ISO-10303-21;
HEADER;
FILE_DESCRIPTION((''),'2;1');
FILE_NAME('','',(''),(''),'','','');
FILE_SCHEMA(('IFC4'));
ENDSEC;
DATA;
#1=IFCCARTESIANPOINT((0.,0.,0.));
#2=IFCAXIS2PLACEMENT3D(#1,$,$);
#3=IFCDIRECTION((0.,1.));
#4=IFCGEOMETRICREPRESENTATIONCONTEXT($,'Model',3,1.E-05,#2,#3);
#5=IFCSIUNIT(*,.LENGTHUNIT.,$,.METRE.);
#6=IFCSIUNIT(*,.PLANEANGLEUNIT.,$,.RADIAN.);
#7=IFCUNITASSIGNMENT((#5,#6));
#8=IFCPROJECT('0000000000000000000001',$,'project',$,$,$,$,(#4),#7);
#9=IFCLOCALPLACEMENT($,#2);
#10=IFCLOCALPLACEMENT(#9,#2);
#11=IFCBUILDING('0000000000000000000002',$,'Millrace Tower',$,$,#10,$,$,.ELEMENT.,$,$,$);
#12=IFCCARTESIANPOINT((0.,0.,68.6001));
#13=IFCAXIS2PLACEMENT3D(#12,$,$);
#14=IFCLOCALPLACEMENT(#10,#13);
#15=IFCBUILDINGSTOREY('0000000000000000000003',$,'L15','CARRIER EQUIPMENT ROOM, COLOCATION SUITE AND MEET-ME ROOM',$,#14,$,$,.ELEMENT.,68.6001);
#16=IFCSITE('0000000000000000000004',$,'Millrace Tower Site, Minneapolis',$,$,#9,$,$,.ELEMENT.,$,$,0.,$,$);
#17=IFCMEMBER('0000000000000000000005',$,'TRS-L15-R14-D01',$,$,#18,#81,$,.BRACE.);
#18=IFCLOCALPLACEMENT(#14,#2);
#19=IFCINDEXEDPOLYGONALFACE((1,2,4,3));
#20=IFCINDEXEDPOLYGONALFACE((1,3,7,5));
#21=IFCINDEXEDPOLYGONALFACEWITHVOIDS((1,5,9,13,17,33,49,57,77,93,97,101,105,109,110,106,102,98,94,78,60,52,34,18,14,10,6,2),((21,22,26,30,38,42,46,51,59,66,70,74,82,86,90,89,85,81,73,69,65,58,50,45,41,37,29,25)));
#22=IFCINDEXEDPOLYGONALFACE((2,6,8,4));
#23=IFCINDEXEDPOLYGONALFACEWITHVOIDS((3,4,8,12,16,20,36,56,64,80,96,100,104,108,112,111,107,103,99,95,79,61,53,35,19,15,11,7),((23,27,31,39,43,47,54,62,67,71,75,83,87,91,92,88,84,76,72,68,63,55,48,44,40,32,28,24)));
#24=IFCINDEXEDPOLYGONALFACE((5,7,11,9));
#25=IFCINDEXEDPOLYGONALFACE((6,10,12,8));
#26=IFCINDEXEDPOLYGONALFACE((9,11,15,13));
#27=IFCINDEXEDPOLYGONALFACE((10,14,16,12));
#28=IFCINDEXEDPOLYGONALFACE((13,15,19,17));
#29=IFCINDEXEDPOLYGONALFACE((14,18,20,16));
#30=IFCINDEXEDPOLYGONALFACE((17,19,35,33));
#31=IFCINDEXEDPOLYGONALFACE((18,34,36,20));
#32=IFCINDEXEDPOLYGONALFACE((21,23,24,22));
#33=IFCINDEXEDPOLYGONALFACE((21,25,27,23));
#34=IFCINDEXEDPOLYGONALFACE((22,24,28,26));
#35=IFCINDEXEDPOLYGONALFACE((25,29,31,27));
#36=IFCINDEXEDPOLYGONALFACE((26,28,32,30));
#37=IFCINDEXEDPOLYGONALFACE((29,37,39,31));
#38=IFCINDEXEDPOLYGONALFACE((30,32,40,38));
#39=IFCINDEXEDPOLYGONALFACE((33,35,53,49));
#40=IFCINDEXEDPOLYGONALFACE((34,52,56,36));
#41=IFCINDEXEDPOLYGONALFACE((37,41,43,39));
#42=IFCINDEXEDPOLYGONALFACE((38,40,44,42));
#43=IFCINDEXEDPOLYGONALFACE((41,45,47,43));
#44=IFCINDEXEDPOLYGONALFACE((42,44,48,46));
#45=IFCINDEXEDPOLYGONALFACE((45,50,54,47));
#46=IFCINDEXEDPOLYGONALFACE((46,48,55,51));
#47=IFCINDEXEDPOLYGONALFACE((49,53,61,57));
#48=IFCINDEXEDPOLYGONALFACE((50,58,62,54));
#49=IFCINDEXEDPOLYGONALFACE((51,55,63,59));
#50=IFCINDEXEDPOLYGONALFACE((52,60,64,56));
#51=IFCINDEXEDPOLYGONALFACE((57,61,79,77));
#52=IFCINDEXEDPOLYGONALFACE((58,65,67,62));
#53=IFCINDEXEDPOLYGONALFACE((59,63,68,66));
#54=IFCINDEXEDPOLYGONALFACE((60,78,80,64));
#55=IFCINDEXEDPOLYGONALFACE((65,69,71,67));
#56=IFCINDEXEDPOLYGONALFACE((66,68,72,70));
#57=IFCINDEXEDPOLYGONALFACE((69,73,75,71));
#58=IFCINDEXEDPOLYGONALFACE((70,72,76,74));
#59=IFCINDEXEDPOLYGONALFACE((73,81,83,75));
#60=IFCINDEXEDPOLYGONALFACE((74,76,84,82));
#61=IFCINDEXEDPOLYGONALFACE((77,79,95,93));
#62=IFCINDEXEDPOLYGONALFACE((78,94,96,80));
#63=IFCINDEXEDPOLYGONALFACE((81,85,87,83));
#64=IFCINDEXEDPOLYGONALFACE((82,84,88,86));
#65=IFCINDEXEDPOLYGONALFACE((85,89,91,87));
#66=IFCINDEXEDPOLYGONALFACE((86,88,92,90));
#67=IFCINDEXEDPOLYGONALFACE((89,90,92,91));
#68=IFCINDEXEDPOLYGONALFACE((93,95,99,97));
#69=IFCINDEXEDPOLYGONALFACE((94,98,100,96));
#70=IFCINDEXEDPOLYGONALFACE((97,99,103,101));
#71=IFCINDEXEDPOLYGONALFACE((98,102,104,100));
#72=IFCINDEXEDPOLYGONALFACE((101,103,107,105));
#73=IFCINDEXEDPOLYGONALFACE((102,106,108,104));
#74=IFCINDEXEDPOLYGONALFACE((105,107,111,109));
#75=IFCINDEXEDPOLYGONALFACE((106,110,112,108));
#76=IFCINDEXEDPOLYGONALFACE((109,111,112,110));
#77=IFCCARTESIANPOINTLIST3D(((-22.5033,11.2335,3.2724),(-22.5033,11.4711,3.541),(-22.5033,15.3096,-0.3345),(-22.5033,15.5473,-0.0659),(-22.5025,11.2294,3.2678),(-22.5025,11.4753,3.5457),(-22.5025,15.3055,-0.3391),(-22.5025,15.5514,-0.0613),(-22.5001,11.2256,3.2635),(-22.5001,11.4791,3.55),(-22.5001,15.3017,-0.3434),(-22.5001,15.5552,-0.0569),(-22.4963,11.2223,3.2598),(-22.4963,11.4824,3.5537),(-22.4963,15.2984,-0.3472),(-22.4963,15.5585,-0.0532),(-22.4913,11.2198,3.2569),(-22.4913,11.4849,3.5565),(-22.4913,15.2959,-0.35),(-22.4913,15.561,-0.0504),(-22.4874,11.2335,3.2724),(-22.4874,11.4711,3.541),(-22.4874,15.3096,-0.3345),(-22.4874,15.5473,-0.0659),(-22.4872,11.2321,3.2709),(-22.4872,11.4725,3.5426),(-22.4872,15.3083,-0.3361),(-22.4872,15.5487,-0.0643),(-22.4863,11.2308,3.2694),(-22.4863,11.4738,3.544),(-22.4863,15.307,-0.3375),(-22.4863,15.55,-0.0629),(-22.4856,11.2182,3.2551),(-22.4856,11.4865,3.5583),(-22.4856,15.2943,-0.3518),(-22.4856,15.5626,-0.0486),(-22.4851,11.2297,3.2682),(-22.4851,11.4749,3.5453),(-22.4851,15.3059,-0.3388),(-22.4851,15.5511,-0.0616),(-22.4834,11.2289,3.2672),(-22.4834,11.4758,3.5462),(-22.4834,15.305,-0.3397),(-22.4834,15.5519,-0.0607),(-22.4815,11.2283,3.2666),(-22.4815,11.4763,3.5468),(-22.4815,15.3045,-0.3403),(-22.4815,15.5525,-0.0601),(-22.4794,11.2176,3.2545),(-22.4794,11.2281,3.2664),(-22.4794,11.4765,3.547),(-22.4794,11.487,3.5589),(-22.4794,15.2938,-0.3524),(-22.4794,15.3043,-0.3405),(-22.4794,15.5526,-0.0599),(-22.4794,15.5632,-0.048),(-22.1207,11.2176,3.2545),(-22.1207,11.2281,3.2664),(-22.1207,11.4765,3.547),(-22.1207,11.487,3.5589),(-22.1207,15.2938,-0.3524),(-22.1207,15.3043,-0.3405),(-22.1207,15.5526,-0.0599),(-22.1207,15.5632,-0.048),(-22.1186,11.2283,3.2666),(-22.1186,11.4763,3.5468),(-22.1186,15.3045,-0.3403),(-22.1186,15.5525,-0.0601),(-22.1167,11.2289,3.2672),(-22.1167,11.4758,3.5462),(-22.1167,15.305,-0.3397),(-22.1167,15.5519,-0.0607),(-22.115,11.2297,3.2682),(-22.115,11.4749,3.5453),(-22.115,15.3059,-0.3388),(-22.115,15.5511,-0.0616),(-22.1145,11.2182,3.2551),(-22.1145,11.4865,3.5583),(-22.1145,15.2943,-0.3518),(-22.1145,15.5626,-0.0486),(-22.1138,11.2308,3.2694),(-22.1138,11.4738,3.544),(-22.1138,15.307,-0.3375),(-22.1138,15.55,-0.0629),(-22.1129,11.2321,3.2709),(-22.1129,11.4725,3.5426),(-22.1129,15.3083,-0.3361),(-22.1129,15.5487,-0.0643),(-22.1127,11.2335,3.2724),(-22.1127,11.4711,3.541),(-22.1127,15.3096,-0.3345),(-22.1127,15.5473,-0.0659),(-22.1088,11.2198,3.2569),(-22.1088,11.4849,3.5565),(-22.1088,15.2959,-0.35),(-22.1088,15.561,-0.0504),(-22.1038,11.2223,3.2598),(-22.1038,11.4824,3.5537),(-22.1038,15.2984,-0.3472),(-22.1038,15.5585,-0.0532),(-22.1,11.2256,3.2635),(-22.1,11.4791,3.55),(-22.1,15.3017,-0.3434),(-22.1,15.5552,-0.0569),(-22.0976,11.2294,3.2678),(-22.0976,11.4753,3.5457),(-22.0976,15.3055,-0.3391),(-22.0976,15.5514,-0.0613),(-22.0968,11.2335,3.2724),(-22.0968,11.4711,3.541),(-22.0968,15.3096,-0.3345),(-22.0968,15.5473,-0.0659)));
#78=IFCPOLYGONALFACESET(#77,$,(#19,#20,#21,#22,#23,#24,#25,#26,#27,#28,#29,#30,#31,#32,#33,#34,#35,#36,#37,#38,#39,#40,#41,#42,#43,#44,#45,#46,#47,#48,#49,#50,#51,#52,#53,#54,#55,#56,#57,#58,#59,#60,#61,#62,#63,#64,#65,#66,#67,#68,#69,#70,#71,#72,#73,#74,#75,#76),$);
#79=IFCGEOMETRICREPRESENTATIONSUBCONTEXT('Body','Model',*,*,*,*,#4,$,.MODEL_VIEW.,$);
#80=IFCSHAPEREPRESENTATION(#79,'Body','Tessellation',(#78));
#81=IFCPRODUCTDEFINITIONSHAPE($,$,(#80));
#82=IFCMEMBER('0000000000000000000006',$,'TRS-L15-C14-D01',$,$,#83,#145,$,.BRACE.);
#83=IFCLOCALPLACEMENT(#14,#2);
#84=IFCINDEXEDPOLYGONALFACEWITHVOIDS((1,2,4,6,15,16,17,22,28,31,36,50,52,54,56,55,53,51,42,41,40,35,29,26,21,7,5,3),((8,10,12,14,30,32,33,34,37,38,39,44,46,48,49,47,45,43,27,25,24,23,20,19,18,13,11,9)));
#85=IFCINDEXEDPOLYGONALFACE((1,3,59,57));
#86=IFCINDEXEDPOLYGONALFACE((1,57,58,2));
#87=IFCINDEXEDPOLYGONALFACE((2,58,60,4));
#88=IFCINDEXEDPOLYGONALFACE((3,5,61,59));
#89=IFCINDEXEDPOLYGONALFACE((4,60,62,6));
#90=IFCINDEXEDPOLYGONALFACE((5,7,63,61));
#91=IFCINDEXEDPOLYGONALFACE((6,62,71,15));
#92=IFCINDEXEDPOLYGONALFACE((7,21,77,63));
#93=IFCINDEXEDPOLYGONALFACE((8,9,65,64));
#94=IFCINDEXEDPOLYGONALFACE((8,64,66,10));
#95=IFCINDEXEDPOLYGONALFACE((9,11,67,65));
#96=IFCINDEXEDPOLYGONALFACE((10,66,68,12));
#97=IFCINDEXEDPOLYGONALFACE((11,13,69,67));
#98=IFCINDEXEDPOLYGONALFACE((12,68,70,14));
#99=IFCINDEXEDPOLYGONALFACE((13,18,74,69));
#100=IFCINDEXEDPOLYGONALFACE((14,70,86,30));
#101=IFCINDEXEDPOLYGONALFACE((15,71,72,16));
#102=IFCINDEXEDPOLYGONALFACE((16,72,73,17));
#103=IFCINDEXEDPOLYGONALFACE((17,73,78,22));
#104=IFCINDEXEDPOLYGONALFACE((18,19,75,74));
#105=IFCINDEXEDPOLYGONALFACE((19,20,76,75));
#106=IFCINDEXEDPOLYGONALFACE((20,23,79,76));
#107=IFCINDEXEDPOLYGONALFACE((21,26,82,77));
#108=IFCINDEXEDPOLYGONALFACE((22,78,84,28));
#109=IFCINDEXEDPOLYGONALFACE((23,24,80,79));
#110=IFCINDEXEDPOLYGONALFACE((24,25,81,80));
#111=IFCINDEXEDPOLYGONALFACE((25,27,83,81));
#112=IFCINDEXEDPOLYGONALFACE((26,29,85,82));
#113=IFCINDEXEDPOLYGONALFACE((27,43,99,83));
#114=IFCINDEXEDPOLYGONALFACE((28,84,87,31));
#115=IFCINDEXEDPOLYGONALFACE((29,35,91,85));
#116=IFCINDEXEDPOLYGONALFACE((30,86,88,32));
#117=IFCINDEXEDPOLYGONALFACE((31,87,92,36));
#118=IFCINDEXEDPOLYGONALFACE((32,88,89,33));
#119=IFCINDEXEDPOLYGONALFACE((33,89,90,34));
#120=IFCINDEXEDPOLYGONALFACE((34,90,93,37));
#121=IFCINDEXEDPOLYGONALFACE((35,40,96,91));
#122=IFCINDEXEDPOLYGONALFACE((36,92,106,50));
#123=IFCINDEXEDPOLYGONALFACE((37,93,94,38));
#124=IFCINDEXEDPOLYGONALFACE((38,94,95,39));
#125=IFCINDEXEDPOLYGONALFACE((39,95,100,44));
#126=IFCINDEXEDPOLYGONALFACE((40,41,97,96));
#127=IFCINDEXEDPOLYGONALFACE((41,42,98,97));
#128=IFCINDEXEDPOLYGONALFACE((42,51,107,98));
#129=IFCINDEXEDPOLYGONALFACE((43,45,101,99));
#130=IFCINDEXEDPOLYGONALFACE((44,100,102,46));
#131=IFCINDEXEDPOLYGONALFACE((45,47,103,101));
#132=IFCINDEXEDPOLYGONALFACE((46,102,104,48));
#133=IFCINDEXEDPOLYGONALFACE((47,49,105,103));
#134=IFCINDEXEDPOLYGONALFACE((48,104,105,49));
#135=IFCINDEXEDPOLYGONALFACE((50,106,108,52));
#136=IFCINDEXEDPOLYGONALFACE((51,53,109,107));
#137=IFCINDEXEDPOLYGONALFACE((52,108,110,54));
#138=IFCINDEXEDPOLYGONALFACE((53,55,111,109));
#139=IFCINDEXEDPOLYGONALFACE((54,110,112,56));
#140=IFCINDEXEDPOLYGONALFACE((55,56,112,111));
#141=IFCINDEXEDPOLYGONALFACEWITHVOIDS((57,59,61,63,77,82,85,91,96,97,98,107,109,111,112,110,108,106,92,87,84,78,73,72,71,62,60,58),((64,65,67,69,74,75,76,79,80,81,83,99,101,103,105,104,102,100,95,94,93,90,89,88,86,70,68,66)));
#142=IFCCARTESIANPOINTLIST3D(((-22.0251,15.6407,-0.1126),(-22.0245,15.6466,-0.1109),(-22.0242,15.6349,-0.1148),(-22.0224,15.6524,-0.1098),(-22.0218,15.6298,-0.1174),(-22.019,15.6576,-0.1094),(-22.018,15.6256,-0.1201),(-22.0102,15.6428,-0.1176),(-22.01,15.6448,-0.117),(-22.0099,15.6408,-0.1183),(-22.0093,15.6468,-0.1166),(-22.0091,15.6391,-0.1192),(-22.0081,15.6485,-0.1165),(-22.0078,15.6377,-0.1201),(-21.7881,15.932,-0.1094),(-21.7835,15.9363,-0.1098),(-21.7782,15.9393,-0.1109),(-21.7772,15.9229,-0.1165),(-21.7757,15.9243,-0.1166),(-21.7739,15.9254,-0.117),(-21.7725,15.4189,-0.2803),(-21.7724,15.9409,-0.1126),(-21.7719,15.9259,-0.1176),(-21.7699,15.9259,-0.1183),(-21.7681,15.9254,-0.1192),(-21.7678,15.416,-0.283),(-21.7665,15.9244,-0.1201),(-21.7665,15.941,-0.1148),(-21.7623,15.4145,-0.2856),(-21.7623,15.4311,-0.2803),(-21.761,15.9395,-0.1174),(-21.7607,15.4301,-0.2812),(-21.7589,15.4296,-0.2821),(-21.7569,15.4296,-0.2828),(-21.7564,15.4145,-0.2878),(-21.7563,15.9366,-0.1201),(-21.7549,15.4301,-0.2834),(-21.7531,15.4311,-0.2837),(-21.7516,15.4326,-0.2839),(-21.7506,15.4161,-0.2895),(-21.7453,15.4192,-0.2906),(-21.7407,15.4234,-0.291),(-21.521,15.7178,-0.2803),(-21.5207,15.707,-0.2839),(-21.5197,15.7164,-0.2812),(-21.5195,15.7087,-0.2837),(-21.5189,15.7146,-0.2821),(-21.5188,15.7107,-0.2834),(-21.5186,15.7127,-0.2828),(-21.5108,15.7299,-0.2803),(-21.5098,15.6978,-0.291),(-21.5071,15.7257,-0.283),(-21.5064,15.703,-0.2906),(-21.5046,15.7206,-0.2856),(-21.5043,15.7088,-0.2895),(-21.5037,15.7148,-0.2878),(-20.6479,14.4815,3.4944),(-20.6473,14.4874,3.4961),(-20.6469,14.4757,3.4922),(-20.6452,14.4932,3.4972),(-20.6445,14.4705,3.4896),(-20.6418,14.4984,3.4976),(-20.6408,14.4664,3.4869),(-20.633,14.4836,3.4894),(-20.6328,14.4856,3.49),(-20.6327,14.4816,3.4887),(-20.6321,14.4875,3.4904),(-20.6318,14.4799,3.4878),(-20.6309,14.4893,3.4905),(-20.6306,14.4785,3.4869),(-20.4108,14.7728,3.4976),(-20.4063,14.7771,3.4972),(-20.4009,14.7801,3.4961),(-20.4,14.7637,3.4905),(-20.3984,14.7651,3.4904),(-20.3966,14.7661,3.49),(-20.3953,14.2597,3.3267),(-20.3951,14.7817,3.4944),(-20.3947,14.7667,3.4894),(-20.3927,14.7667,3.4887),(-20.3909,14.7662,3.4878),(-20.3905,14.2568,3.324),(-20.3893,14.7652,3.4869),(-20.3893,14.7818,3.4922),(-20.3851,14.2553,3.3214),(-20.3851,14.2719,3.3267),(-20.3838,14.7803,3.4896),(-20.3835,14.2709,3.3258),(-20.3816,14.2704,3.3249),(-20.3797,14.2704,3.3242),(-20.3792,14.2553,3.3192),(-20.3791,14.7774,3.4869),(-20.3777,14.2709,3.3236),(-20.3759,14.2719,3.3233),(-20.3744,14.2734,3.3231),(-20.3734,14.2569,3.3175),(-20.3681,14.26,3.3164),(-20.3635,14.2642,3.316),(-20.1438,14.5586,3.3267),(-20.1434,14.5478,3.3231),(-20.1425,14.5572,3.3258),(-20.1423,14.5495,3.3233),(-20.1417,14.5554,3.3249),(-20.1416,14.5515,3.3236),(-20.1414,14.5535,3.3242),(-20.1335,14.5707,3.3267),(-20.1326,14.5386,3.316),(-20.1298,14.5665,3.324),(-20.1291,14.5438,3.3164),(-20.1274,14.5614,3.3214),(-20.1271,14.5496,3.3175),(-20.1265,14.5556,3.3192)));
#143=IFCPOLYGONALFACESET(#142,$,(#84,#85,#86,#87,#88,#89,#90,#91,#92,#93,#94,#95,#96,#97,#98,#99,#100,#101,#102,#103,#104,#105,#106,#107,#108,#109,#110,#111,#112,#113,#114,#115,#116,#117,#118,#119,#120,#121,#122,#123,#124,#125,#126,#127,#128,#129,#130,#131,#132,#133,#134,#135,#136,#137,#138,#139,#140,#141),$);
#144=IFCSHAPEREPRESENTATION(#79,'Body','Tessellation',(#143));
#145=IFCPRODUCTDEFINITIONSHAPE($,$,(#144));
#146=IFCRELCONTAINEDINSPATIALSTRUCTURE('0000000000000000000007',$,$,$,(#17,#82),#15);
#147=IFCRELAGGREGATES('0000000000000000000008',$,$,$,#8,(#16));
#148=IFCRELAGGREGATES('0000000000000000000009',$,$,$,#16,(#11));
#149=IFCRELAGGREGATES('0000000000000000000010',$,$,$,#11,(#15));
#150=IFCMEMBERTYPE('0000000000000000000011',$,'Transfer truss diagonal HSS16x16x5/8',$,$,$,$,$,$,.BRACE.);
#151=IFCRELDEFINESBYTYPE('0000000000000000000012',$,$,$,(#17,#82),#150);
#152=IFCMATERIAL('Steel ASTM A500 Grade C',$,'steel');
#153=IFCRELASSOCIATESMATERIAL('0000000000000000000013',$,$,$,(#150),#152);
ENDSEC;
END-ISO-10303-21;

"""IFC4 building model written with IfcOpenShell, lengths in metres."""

from ifc_helpers import new_model, si_unit, direction, frame, origin, origin_2d, place, context, subcontext, project, spatial, hollow_rectangle, extrude, material, material_profile, profile_set, type_object, element, save


model = new_model("IFC4")

# Units and contexts
model_context = context("Model", 3, precision=1e-05, world=origin(), true_north=direction((0.0, 1.0)))
body_context = subcontext(model_context, "Body", "Model", "MODEL_VIEW")
ifc_project = project(units=[si_unit("LENGTHUNIT", "METRE"), si_unit("PLANEANGLEUNIT", "RADIAN")], contexts=[model_context])

# Site, building, storey
site_placement = place(None, origin())
site = spatial("IfcSite", under=ifc_project, at=site_placement, Name="Millrace Tower Site, Minneapolis", CompositionType="ELEMENT", RefElevation=0.0)
building_placement = place(site_placement, origin())
building = spatial("IfcBuilding", under=site, at=building_placement, Name="Millrace Tower", CompositionType="ELEMENT")
storey_placement = place(building_placement, frame((0.0, 0.0, 68.6001)))
storey = spatial("IfcBuildingStorey", under=building, at=storey_placement, Name="L15", Description="CARRIER EQUIPMENT ROOM, COLOCATION SUITE AND MEET-ME ROOM", CompositionType="ELEMENT", Elevation=68.6001)

# Members
ifc_material_1 = material(Name="Steel ASTM A500 Grade C", Category="steel")
ifc_material_profile_1 = material_profile(ifc_material_1, hollow_rectangle(XDim=0.4065, YDim=0.4065, WallThickness=0.0159, InnerFilletRadius=0.0081, OuterFilletRadius=0.0239, at=origin_2d()))
ifc_profile_set_1 = profile_set([ifc_material_profile_1], Name="Steel ASTM A500 Grade C")
member_type_1 = type_object("IfcMemberType", Name="Transfer truss diagonal HSS16x16x5/8", PredefinedType="BRACE", material=ifc_profile_set_1)
member_1_placement = place(storey_placement, frame((-22.3, 15.4285, -0.2002), z_axis=(0.0, -0.748897, 0.662686), x_axis=(1.0, 0.0, 0.0)))
element("IfcMember", 1, at=member_1_placement, inside=storey, type_object=member_type_1, Name="TRS-L15-R14-D01", PredefinedType="BRACE", context=body_context, shape_type="SweptSolid", body=[
    extrude(hollow_rectangle(XDim=0.4065, YDim=0.4065, WallThickness=0.0159, InnerFilletRadius=0.0081, OuterFilletRadius=0.0239, at=origin_2d()), origin(), (0.0, 0.0, 1.0), 5.4429),
])
member_2_placement = place(storey_placement, frame((-21.7644, 15.6777, -0.2002), z_axis=(0.341637, -0.287554, 0.894761), x_axis=(0.643952, 0.765066, 0.0)))
element("IfcMember", 2, at=member_2_placement, inside=storey, type_object=member_type_1, Name="TRS-L15-C14-D01", PredefinedType="BRACE", context=body_context, shape_type="SweptSolid", body=[
    extrude(hollow_rectangle(XDim=0.4065, YDim=0.4065, WallThickness=0.0159, InnerFilletRadius=0.0081, OuterFilletRadius=0.0239, at=origin_2d()), origin(), (0.0, 0.0, 1.0), 4.0312),
])

save(model, "model.ifc")
